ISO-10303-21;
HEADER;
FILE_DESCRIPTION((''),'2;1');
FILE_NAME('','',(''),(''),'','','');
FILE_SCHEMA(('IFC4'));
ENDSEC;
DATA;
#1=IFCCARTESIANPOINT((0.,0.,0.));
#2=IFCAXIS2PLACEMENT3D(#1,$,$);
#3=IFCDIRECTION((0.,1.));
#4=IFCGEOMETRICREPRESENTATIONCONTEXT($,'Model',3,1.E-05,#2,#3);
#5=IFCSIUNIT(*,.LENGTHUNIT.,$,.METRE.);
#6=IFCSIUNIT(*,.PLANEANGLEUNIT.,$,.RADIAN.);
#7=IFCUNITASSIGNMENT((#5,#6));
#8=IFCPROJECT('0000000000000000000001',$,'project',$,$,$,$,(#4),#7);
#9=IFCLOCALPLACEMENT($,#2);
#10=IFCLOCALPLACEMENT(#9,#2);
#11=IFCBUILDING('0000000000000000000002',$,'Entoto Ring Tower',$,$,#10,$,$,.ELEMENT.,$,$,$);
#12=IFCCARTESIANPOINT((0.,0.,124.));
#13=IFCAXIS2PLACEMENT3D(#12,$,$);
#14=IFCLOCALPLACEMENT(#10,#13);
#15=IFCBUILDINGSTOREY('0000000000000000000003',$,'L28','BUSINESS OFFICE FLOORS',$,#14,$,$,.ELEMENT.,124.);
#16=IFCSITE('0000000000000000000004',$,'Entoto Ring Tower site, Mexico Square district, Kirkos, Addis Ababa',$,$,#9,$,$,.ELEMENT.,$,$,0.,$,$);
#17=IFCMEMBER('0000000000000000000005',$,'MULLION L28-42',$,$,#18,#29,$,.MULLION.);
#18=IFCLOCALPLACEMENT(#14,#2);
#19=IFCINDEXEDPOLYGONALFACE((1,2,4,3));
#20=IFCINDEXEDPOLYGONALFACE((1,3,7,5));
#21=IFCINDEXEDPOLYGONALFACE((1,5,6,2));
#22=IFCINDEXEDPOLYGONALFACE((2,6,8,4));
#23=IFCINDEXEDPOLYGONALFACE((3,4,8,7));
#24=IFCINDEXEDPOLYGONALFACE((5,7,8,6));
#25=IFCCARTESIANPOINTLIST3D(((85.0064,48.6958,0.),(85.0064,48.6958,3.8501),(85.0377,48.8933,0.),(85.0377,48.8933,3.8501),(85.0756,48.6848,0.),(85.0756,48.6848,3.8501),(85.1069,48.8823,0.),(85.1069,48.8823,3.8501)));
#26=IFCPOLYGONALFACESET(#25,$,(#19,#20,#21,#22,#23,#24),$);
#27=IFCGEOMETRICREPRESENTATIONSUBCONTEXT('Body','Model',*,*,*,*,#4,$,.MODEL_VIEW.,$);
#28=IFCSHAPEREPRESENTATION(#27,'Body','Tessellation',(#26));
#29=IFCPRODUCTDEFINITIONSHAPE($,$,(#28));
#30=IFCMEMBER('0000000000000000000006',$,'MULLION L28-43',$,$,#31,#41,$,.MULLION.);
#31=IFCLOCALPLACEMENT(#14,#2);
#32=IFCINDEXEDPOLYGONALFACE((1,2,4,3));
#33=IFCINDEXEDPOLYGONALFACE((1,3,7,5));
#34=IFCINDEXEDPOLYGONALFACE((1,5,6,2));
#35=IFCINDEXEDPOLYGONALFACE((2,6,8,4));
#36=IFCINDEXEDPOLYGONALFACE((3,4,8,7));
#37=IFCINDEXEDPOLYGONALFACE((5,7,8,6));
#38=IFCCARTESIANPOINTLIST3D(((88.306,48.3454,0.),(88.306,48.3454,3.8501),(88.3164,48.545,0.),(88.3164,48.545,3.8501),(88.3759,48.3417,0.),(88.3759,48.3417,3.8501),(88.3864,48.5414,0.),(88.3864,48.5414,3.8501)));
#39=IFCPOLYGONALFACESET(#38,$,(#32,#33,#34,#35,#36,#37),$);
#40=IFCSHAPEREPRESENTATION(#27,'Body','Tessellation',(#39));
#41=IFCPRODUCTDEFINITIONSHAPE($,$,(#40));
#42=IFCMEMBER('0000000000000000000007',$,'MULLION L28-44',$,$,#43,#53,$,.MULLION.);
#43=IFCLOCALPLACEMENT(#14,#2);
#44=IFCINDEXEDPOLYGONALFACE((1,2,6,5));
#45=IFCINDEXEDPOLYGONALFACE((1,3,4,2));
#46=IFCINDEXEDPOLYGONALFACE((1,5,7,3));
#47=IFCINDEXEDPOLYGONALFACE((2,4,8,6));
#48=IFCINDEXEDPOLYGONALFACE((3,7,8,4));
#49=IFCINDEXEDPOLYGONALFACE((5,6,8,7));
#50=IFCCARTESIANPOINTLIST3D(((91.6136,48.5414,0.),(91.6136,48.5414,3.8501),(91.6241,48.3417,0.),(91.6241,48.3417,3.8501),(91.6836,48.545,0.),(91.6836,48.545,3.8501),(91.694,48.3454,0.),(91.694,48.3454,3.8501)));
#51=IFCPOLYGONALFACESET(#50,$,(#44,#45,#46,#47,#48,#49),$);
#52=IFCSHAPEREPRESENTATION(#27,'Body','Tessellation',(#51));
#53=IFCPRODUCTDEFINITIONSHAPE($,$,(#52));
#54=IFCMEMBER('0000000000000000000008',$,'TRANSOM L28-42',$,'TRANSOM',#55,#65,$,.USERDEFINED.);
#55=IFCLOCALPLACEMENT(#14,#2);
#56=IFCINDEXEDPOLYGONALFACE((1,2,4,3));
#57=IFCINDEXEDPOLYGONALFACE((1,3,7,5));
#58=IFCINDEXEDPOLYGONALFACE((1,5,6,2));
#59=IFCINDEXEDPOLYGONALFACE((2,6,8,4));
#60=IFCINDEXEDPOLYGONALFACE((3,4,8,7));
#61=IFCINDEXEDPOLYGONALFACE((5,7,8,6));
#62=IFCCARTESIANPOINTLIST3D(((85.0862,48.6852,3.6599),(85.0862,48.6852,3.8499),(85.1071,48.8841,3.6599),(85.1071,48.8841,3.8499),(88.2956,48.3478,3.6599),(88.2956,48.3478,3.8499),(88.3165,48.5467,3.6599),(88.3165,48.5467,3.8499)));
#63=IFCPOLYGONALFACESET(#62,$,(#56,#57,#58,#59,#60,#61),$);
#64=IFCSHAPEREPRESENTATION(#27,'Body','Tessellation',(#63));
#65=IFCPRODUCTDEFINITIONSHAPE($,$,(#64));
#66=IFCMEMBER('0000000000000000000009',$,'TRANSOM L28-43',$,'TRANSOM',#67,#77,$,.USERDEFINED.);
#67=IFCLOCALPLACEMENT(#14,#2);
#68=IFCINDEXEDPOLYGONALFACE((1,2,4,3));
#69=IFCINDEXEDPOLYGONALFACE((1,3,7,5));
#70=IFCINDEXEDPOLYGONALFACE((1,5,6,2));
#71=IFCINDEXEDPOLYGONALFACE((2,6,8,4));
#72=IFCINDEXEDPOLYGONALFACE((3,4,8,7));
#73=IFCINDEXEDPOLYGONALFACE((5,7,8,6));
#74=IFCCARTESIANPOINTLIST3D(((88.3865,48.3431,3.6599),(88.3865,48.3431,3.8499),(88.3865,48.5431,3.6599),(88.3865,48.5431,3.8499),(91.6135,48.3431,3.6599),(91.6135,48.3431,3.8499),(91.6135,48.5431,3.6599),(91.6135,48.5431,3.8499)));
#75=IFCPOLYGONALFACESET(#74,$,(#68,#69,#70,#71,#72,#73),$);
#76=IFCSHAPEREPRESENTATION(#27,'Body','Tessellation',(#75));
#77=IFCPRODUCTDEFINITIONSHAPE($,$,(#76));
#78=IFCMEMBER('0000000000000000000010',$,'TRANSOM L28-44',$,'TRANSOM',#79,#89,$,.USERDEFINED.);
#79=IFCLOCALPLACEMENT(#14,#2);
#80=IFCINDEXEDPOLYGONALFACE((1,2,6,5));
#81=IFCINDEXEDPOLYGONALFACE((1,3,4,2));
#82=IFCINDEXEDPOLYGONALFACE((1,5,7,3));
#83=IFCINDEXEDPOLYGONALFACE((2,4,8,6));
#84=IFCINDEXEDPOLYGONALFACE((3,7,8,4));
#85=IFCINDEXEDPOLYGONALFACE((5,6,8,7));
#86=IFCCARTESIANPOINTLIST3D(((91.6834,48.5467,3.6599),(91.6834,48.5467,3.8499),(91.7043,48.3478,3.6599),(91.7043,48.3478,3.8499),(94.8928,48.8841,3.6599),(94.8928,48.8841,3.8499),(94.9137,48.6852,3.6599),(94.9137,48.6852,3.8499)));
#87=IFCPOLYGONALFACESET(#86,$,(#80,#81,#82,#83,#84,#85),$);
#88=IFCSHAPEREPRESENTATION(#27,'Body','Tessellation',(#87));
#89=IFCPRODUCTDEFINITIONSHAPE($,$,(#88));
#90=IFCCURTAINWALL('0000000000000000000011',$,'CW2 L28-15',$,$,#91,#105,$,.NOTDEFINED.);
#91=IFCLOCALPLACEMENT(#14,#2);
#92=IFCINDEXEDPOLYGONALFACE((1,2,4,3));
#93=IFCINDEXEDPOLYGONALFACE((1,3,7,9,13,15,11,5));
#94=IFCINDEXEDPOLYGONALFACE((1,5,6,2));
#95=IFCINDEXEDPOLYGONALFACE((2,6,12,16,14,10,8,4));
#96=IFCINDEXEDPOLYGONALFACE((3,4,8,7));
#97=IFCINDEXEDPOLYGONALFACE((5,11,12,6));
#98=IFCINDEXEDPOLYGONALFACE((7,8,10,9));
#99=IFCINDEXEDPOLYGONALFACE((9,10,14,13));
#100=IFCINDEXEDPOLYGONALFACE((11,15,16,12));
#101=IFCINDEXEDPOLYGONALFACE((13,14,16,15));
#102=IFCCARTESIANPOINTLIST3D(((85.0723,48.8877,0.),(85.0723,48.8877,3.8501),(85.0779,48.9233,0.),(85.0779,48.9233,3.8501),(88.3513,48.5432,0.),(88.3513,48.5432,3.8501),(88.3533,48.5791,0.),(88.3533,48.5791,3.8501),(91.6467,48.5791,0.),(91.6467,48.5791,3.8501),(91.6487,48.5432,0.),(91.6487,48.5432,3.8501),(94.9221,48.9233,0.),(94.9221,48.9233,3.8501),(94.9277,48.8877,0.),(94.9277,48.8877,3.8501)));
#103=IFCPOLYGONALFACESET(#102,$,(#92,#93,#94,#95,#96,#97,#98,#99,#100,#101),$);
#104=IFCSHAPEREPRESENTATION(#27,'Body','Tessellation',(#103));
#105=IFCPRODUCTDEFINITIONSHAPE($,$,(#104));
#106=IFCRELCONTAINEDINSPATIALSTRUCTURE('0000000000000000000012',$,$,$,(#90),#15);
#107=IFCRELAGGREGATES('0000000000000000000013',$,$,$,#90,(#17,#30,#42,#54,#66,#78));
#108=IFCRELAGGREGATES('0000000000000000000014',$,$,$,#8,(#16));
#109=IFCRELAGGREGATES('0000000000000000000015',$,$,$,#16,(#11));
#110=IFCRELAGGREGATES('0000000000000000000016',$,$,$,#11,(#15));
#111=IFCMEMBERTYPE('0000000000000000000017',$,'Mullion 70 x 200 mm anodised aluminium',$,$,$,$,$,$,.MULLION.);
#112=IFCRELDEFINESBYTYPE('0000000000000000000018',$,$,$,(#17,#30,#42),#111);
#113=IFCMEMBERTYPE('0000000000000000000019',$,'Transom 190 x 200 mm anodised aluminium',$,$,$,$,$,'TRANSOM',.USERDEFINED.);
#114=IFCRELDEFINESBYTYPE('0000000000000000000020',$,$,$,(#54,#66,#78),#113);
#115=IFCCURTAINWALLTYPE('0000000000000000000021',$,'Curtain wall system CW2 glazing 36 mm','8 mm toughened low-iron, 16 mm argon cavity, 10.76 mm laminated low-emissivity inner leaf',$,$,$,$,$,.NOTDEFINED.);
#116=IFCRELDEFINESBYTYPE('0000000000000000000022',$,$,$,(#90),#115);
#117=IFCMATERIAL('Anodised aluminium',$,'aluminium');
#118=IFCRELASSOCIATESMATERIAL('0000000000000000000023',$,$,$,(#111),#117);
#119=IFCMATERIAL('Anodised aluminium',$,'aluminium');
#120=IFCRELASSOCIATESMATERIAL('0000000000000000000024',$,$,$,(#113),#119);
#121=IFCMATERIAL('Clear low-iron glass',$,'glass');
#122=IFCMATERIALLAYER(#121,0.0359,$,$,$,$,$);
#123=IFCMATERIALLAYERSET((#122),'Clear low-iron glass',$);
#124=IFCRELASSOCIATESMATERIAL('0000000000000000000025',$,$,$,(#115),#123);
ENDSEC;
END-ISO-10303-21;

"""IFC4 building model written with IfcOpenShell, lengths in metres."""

from ifc_helpers import new_model, si_unit, direction, frame, origin, origin_2d, place, context, subcontext, project, spatial, polyline, rectangle, outline, extrude, material, layer, layer_set, material_profile, profile_set, type_object, element, aggregate, save


model = new_model("IFC4")

# Units and contexts
model_context = context("Model", 3, precision=1e-05, world=origin(), true_north=direction((0.0, 1.0)))
body_context = subcontext(model_context, "Body", "Model", "MODEL_VIEW")
ifc_project = project(units=[si_unit("LENGTHUNIT", "METRE"), si_unit("PLANEANGLEUNIT", "RADIAN")], contexts=[model_context])

# Members
ifc_material_1 = material(Name="Anodised aluminium", Category="aluminium")
ifc_material_profile_1 = material_profile(ifc_material_1, rectangle(XDim=0.0701, YDim=0.2, at=origin_2d()), Name="Mullion 70 x 200 mm anodised aluminium")
ifc_profile_set_1 = profile_set([ifc_material_profile_1], Name="Anodised aluminium")
member_type_1 = type_object("IfcMemberType", Name="Mullion 70 x 200 mm anodised aluminium", PredefinedType="MULLION", material=ifc_profile_set_1)
site_placement = place(None, origin())
building_placement = place(site_placement, origin())
storey_placement = place(building_placement, frame((0.0, 0.0, 124.0)))
member_1_placement = place(storey_placement, frame((85.0566, 48.7891, 0.0), z_axis=(0.0, 0.0, 1.0), x_axis=(0.987688, -0.156434, 0.0)))
member_1 = element("IfcMember", 1, at=member_1_placement, type_object=member_type_1, Name="MULLION L28-42", PredefinedType="MULLION", context=body_context, shape_type="SweptSolid", body=[
    extrude(rectangle(XDim=0.0701, YDim=0.2, at=origin_2d()), origin(), (0.0, 0.0, 1.0), 3.8501),
])
member_2_placement = place(storey_placement, frame((88.3462, 48.4434, 0.0), z_axis=(0.0, 0.0, 1.0), x_axis=(0.99863, -0.052336, 0.0)))
member_2 = element("IfcMember", 2, at=member_2_placement, type_object=member_type_1, Name="MULLION L28-43", PredefinedType="MULLION", context=body_context, shape_type="SweptSolid", body=[
    extrude(rectangle(XDim=0.0701, YDim=0.2, at=origin_2d()), origin(), (0.0, 0.0, 1.0), 3.8501),
])
member_3_placement = place(storey_placement, frame((91.6538, 48.4434, 0.0), z_axis=(0.0, 0.0, 1.0), x_axis=(0.99863, 0.052336, 0.0)))
member_3 = element("IfcMember", 3, at=member_3_placement, type_object=member_type_1, Name="MULLION L28-44", PredefinedType="MULLION", context=body_context, shape_type="SweptSolid", body=[
    extrude(rectangle(XDim=0.0701, YDim=0.2, at=origin_2d()), origin(), (0.0, 0.0, 1.0), 3.8501),
])
ifc_material_2 = material(Name="Anodised aluminium", Category="aluminium")
ifc_material_profile_2 = material_profile(ifc_material_2, rectangle(XDim=0.2, YDim=0.1899, at=origin_2d()), Name="Transom 190 x 200 mm anodised aluminium")
ifc_profile_set_2 = profile_set([ifc_material_profile_2], Name="Anodised aluminium")
member_type_2 = type_object("IfcMemberType", Name="Transom 190 x 200 mm anodised aluminium", ElementType="TRANSOM", PredefinedType="USERDEFINED", material=ifc_profile_set_2)
member_4_placement = place(storey_placement, frame((85.0967, 48.7847, 3.7549), z_axis=(0.99452, -0.104551, 0.0), x_axis=(0.104551, 0.99452, 0.0)))
member_4 = element("IfcMember", 4, at=member_4_placement, type_object=member_type_2, Name="TRANSOM L28-42", ObjectType="TRANSOM", PredefinedType="USERDEFINED", context=body_context, shape_type="SweptSolid", body=[
    extrude(rectangle(XDim=0.2, YDim=0.1899, at=origin_2d()), origin(), (0.0, 0.0, 1.0), 3.2271),
])
member_5_placement = place(storey_placement, frame((88.3865, 48.4431, 3.7549), z_axis=(1.0, 0.0, 0.0), x_axis=(0.0, 1.0, 0.0)))
member_5 = element("IfcMember", 5, at=member_5_placement, type_object=member_type_2, Name="TRANSOM L28-43", ObjectType="TRANSOM", PredefinedType="USERDEFINED", context=body_context, shape_type="SweptSolid", body=[
    extrude(rectangle(XDim=0.2, YDim=0.1899, at=origin_2d()), origin(), (0.0, 0.0, 1.0), 3.2271),
])
member_6_placement = place(storey_placement, frame((91.6938, 48.4473, 3.7549), z_axis=(0.99452, 0.104551, 0.0), x_axis=(-0.104551, 0.99452, 0.0)))
member_6 = element("IfcMember", 6, at=member_6_placement, type_object=member_type_2, Name="TRANSOM L28-44", ObjectType="TRANSOM", PredefinedType="USERDEFINED", context=body_context, shape_type="SweptSolid", body=[
    extrude(rectangle(XDim=0.2, YDim=0.1899, at=origin_2d()), origin(), (0.0, 0.0, 1.0), 3.2271),
])

# Site, building, storey
site = spatial("IfcSite", under=ifc_project, at=site_placement, Name="Entoto Ring Tower site, Mexico Square district, Kirkos, Addis Ababa", CompositionType="ELEMENT", RefElevation=0.0)
building = spatial("IfcBuilding", under=site, at=building_placement, Name="Entoto Ring Tower", CompositionType="ELEMENT")
storey = spatial("IfcBuildingStorey", under=building, at=storey_placement, Name="L28", Description="BUSINESS OFFICE FLOORS", CompositionType="ELEMENT", Elevation=124.0)

# Curtain wall
ifc_material_3 = material(Name="Clear low-iron glass", Category="glass")
ifc_layer = layer(ifc_material_3, 0.0359)
ifc_layer_set = layer_set([ifc_layer], Name="Clear low-iron glass")
curtain_wall_type = type_object("IfcCurtainWallType", Name="Curtain wall system CW2 glazing 36 mm", Description="8 mm toughened low-iron, 16 mm argon cavity, 10.76 mm laminated low-emissivity inner leaf", PredefinedType="NOTDEFINED", material=ifc_layer_set)
curtain_wall_1_placement = place(storey_placement, origin())
curtain_wall_1 = element("IfcCurtainWall", 7, at=curtain_wall_1_placement, inside=storey, type_object=curtain_wall_type, Name="CW2 L28-15", PredefinedType="NOTDEFINED", context=body_context, shape_type="SweptSolid", body=[
    extrude(outline(polyline([(85.0723, 48.8877), (88.3513, 48.5432), (91.6487, 48.5432), (94.9277, 48.8877), (94.9221, 48.9233), (91.6467, 48.5791), (88.3533, 48.5791), (85.0779, 48.9233), (85.0723, 48.8877)])), origin(), (0.0, 0.0, 1.0), 3.8501),
])
aggregate(curtain_wall_1, [member_1, member_2, member_3, member_4, member_5, member_6])

save(model, "model.ifc")
